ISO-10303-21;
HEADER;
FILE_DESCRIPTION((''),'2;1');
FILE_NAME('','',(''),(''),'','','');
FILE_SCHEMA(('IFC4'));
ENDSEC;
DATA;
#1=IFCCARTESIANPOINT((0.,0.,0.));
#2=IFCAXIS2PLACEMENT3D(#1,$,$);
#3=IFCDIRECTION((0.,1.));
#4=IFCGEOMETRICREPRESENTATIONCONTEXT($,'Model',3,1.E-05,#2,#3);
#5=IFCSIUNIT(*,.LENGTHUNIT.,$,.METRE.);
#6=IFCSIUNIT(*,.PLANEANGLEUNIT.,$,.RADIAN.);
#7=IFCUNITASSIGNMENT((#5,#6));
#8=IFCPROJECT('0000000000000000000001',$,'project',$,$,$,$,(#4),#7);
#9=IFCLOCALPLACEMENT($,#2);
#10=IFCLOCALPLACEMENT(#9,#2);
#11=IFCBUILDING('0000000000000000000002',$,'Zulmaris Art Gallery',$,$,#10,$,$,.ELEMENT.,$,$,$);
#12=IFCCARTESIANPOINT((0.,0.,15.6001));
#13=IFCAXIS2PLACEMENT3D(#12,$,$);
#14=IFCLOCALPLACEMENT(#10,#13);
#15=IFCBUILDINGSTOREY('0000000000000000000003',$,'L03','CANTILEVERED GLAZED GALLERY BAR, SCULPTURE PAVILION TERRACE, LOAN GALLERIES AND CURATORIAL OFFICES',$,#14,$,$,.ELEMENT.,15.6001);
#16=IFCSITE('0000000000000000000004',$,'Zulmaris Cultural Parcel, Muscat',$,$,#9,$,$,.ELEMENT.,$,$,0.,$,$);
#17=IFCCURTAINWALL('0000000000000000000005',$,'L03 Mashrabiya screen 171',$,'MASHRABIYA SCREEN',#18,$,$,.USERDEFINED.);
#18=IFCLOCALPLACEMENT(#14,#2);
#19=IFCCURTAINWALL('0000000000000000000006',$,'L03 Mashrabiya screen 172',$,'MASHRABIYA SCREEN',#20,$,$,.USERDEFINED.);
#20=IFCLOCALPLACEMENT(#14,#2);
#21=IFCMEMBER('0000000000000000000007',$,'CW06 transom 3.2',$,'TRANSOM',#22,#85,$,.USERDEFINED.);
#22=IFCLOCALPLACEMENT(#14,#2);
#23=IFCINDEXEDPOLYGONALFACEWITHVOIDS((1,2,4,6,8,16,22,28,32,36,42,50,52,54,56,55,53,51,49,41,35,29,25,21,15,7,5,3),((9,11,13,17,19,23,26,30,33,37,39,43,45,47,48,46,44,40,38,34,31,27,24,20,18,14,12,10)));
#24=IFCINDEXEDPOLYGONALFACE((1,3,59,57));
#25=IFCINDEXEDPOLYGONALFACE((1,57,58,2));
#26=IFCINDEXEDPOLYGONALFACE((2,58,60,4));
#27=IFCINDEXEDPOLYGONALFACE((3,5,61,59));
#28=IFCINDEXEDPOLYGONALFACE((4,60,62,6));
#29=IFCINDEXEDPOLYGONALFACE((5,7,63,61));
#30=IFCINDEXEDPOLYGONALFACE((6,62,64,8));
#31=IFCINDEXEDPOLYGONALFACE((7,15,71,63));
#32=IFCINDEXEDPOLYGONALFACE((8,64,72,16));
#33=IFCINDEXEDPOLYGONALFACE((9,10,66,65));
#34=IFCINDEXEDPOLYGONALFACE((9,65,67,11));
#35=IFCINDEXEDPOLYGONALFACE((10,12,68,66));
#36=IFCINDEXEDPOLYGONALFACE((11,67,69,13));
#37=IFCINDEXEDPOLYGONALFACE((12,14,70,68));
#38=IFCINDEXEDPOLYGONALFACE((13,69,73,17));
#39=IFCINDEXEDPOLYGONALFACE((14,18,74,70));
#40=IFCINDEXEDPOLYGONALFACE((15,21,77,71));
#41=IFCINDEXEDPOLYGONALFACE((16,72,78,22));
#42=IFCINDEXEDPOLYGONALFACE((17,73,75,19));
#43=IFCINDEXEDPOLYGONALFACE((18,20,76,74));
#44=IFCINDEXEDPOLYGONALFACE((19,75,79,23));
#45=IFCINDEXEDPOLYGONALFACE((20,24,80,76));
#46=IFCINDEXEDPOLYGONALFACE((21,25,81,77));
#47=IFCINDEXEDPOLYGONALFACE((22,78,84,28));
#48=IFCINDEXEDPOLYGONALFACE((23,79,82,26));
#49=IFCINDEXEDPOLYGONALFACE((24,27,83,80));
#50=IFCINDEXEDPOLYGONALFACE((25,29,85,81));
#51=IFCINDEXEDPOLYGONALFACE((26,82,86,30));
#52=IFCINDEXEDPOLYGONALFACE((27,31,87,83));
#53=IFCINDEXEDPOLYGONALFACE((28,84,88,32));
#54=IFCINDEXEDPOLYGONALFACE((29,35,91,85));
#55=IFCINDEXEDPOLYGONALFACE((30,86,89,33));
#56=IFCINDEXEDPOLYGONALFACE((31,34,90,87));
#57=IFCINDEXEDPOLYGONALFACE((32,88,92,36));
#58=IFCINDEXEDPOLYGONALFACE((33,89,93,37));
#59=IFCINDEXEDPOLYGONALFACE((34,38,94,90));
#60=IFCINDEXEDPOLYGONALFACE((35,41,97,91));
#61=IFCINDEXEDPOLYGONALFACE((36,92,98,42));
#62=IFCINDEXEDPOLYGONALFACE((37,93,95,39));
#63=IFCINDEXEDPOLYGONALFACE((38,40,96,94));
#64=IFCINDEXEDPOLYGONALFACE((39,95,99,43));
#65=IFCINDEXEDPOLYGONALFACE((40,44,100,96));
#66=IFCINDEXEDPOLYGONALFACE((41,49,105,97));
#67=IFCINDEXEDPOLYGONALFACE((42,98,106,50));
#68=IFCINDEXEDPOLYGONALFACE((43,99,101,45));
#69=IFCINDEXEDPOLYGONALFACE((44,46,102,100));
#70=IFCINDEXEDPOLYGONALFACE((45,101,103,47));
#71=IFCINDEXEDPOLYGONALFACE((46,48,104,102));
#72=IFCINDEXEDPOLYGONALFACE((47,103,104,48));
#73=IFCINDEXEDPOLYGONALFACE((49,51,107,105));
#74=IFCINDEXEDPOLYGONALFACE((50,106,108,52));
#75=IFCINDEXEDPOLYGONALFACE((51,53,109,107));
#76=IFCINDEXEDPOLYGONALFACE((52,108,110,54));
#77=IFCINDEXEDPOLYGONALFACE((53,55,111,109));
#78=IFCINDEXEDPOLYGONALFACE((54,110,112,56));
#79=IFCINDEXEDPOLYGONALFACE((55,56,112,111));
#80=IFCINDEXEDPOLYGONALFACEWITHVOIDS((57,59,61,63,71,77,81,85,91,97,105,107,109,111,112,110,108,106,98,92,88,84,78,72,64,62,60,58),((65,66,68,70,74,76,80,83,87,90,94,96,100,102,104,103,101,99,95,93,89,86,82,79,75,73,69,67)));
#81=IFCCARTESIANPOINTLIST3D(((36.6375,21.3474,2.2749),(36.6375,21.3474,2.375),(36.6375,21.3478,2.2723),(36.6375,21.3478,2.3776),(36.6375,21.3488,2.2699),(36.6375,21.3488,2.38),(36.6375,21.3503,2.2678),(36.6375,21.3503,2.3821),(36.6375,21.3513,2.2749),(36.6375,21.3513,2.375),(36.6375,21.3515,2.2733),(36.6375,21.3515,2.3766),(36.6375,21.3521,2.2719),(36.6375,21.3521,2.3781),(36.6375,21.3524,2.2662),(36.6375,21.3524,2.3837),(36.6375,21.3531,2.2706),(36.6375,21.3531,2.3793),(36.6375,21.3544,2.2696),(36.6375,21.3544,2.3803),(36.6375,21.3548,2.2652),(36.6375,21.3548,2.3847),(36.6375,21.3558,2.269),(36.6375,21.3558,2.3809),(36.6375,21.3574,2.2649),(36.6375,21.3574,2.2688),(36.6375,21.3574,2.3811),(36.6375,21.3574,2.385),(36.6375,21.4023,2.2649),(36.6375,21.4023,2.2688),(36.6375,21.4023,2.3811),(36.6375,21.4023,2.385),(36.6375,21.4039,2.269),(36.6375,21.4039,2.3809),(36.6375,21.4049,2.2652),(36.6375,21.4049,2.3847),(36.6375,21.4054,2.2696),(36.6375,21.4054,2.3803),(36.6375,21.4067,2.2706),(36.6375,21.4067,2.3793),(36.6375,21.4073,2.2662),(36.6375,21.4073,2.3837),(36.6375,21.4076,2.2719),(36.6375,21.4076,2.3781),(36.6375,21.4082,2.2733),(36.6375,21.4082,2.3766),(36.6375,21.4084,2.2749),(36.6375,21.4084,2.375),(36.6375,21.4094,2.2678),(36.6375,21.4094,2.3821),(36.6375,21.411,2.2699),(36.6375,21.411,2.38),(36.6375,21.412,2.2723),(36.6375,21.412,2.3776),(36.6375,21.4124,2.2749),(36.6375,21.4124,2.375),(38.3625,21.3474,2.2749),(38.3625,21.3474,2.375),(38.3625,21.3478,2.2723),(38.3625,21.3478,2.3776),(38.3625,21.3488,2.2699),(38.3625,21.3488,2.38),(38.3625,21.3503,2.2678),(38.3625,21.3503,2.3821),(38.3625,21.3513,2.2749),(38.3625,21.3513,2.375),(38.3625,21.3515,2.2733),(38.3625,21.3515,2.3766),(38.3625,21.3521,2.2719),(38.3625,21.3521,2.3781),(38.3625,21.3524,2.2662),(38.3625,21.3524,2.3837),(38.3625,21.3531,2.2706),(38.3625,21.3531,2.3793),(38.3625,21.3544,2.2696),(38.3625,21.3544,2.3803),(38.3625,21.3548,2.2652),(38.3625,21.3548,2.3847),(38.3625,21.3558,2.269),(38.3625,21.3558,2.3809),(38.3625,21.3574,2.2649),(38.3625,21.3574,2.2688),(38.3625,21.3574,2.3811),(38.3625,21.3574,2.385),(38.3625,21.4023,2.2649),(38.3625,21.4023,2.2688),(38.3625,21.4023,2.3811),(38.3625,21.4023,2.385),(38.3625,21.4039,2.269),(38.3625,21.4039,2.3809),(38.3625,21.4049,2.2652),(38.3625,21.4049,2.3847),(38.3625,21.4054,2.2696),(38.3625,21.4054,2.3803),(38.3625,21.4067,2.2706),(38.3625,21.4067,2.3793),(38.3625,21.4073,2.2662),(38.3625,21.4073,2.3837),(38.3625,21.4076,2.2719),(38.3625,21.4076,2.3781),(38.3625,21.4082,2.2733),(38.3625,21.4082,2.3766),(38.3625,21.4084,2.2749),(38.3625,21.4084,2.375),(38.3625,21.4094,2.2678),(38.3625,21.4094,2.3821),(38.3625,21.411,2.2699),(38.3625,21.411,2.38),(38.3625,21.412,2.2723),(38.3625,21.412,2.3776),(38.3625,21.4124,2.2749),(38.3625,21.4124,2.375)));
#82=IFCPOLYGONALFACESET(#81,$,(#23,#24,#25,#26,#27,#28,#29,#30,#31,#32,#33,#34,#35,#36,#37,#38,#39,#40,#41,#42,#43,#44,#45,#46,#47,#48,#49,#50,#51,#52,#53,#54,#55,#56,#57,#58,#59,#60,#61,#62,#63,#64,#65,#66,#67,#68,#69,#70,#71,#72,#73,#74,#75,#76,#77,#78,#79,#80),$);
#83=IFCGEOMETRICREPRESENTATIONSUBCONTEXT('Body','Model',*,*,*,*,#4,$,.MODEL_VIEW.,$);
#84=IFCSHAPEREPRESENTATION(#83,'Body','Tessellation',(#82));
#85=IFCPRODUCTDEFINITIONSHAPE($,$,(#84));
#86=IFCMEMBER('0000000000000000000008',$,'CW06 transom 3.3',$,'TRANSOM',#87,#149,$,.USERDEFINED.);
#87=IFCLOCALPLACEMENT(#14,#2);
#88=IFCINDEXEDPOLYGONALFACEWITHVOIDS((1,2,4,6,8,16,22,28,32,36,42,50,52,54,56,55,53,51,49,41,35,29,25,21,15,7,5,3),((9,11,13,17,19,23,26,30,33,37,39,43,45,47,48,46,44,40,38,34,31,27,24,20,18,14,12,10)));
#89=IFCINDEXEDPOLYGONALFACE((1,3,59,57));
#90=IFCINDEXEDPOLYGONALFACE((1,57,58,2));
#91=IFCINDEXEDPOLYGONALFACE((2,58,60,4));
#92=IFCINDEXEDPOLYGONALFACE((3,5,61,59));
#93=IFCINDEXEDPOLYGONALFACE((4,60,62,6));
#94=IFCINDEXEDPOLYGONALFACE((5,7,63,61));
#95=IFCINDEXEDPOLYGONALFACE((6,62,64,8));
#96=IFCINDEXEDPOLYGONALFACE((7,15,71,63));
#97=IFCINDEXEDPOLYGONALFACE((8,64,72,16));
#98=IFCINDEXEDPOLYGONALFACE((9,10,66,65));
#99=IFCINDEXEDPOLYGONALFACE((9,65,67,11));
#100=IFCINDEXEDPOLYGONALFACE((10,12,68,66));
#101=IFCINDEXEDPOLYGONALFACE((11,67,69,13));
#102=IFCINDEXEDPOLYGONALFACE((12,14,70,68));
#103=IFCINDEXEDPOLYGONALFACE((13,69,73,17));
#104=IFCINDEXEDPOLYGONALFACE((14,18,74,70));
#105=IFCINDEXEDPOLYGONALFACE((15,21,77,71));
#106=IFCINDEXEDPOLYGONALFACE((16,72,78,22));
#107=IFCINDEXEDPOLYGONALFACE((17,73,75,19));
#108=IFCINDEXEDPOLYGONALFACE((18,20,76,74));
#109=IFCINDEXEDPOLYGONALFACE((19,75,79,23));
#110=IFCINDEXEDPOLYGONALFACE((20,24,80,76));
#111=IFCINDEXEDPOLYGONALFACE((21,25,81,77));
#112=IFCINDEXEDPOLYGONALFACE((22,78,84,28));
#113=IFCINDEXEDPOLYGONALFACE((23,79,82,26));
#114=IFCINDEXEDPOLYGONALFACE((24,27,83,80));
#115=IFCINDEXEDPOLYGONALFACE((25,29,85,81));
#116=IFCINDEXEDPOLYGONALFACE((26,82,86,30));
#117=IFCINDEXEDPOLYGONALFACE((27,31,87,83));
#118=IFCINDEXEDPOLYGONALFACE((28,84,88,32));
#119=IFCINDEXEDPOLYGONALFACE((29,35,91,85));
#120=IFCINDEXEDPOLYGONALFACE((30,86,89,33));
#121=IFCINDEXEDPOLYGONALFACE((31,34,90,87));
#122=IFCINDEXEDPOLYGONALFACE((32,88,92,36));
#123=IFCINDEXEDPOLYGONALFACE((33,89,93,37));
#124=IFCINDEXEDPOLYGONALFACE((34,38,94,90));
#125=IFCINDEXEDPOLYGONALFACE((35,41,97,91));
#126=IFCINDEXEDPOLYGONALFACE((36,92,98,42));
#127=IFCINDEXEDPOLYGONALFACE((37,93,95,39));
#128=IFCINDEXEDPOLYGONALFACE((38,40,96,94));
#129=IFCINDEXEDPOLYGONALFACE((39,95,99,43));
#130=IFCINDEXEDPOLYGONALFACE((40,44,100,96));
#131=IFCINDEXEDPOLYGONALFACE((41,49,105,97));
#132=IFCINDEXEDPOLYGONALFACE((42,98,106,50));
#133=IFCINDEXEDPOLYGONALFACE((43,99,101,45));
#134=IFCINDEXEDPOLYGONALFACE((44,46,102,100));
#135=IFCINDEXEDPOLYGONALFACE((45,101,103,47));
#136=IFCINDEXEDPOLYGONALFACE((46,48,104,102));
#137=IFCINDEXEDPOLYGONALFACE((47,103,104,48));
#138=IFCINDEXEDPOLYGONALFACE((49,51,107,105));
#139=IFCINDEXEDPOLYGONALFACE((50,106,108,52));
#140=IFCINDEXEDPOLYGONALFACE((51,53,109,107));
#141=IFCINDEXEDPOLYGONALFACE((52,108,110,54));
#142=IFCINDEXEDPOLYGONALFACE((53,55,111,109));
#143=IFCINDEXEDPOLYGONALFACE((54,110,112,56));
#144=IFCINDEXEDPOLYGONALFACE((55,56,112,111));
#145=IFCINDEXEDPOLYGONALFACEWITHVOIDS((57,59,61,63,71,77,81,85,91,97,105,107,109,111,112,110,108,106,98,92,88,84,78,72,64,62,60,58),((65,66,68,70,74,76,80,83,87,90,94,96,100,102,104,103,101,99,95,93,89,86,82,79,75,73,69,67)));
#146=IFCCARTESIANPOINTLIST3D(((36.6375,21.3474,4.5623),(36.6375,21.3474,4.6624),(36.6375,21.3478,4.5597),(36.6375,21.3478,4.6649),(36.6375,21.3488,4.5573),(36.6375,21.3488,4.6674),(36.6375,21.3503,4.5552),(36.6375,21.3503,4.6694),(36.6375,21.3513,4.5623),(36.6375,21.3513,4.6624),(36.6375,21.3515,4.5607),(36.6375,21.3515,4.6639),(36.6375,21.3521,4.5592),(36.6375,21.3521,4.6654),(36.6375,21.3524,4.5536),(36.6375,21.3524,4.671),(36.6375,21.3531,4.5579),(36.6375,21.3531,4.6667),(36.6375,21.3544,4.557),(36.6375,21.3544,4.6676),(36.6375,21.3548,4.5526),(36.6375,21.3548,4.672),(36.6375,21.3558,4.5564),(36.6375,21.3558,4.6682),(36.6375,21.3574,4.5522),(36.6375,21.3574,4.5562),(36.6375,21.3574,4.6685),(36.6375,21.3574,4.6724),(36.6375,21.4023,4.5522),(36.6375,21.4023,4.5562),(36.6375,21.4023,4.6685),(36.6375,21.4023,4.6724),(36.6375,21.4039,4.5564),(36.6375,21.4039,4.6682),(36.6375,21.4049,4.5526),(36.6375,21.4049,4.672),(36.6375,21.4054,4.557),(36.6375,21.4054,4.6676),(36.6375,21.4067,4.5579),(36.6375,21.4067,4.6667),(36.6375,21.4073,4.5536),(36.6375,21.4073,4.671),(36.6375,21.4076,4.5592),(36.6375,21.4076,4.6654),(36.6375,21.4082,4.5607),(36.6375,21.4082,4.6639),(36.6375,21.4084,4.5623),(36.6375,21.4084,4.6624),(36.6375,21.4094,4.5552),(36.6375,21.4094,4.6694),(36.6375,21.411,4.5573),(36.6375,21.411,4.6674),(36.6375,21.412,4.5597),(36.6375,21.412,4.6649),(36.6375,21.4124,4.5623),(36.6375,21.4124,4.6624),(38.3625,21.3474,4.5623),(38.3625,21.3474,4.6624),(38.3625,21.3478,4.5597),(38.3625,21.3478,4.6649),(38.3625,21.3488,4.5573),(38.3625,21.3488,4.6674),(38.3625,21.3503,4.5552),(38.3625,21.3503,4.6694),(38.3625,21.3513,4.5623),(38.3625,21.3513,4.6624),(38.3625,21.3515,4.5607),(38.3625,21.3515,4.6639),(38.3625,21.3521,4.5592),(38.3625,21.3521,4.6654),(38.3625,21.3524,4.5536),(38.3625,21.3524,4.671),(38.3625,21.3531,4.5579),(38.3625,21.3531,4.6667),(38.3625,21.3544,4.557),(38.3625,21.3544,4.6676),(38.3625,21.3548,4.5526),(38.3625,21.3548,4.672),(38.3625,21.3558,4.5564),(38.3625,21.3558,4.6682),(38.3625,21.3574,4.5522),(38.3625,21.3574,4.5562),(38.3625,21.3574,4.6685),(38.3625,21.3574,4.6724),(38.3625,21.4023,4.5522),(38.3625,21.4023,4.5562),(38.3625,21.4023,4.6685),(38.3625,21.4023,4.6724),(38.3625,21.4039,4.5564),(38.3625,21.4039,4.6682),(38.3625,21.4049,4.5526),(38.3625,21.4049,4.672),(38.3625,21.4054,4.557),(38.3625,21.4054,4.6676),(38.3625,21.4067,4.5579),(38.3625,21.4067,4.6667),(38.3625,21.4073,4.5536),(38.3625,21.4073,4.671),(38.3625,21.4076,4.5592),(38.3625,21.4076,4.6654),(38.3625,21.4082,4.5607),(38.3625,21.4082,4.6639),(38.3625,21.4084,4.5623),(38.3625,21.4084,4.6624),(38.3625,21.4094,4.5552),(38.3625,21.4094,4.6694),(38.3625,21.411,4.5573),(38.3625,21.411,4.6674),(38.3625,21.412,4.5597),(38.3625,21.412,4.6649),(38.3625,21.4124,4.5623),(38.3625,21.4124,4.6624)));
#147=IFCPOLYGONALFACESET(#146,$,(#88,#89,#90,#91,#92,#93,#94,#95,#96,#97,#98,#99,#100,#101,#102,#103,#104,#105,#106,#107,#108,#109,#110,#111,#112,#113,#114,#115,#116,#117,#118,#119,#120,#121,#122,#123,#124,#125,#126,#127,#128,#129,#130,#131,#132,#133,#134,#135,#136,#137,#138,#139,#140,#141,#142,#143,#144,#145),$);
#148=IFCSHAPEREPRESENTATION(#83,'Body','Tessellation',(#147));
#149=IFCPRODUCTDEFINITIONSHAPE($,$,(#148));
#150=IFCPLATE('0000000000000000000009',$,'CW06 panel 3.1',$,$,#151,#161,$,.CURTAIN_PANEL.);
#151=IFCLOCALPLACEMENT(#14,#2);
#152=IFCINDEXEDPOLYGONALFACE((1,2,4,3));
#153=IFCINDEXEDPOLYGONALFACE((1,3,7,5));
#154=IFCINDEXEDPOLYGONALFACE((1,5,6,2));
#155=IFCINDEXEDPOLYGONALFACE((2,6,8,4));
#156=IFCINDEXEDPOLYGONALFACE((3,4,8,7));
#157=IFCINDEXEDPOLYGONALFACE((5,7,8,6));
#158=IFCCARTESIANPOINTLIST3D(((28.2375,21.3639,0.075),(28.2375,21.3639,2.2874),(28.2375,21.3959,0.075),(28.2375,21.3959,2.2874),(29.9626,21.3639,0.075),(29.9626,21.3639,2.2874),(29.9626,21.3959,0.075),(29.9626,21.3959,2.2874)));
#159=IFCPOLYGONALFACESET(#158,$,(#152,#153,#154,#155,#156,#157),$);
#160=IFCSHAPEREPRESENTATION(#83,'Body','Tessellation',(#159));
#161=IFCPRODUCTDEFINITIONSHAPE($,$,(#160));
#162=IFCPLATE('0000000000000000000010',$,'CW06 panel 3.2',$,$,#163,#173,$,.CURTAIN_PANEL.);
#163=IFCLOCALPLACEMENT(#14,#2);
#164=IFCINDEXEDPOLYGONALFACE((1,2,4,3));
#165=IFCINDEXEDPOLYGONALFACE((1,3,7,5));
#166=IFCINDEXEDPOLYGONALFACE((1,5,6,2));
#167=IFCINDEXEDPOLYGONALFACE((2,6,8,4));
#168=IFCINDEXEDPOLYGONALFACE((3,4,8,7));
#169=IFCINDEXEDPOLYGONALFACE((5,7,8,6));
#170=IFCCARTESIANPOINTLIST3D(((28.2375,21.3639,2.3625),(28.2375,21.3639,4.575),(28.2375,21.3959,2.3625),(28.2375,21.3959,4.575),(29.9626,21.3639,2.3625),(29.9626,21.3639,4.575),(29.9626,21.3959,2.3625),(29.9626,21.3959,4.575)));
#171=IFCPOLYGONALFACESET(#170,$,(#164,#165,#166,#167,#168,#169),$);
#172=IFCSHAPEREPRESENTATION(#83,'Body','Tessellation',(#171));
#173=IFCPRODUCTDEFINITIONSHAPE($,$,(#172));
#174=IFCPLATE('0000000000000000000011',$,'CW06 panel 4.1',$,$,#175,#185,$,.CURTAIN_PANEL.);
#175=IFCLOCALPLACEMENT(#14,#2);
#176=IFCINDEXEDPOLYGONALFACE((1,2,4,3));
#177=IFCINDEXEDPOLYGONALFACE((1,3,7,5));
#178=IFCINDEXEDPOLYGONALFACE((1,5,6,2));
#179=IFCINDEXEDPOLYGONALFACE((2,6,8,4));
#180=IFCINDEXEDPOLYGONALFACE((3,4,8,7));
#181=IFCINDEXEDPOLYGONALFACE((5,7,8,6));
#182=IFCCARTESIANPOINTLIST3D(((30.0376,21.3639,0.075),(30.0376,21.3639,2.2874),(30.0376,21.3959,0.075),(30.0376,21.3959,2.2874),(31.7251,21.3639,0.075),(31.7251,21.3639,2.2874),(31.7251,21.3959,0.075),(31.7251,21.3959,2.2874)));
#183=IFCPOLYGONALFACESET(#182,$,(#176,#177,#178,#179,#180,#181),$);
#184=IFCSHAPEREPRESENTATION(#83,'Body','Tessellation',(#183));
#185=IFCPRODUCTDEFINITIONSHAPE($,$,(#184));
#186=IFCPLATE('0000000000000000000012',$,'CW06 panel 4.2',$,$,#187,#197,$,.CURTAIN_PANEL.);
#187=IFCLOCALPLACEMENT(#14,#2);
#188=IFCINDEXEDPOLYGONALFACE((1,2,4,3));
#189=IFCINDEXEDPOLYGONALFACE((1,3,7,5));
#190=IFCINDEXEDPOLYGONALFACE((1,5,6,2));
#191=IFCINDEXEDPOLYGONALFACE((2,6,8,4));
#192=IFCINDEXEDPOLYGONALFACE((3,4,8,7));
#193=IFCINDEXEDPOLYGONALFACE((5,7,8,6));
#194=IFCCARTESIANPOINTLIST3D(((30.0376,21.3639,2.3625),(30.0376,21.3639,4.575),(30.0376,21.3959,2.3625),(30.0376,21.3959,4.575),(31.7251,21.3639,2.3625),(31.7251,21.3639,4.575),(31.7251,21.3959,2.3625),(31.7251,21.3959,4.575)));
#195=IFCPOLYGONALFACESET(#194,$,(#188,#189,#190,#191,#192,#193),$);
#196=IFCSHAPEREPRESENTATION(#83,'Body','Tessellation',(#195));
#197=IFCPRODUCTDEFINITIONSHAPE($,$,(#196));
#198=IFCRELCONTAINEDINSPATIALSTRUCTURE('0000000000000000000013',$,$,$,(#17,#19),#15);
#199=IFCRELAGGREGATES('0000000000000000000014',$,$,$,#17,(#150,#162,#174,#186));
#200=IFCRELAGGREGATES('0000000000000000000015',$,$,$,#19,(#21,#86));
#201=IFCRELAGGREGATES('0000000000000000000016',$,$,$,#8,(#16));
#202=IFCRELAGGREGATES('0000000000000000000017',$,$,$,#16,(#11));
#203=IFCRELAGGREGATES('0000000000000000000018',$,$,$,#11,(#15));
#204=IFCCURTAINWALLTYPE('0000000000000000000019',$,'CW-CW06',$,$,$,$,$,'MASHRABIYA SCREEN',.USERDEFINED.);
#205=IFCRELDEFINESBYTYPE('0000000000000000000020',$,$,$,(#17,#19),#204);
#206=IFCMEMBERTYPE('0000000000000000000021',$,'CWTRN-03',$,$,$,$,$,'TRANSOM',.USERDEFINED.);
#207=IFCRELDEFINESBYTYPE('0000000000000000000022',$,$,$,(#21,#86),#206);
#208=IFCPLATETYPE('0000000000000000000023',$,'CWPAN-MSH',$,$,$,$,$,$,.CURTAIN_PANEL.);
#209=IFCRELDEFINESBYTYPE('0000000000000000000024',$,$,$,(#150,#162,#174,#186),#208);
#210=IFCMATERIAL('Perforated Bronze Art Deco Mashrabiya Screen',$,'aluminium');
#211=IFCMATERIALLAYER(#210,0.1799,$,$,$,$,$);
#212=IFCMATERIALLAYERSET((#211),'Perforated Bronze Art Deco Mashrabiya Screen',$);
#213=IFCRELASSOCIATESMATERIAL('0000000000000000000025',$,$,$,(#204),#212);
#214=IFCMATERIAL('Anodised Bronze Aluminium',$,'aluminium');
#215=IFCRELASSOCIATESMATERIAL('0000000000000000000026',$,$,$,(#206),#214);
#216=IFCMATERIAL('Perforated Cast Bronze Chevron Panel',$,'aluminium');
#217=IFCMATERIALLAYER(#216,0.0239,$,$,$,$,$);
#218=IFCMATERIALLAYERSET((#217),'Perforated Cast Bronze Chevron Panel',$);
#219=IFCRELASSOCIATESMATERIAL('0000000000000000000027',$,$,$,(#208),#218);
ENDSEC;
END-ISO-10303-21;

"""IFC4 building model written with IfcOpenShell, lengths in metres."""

from ifc_helpers import new_model, si_unit, direction, frame, origin, origin_2d, place, context, subcontext, project, spatial, rectangle, hollow_rectangle, extrude, material, layer, layer_set, material_profile, profile_set, type_object, element, aggregate, save


model = new_model("IFC4")

# Units and contexts
model_context = context("Model", 3, precision=1e-05, world=origin(), true_north=direction((0.0, 1.0)))
body_context = subcontext(model_context, "Body", "Model", "MODEL_VIEW")
ifc_project = project(units=[si_unit("LENGTHUNIT", "METRE"), si_unit("PLANEANGLEUNIT", "RADIAN")], contexts=[model_context])

# Site, building, storey
site_placement = place(None, origin())
site = spatial("IfcSite", under=ifc_project, at=site_placement, Name="Zulmaris Cultural Parcel, Muscat", CompositionType="ELEMENT", RefElevation=0.0)
building_placement = place(site_placement, origin())
building = spatial("IfcBuilding", under=site, at=building_placement, Name="Zulmaris Art Gallery", CompositionType="ELEMENT")
storey_placement = place(building_placement, frame((0.0, 0.0, 15.6001)))
storey = spatial("IfcBuildingStorey", under=building, at=storey_placement, Name="L03", Description="CANTILEVERED GLAZED GALLERY BAR, SCULPTURE PAVILION TERRACE, LOAN GALLERIES AND CURATORIAL OFFICES", CompositionType="ELEMENT", Elevation=15.6001)

# Curtain walls
ifc_material_1 = material(Name="Perforated Bronze Art Deco Mashrabiya Screen", Category="aluminium")
ifc_layer_1 = layer(ifc_material_1, 0.1799)
ifc_layer_set_1 = layer_set([ifc_layer_1], Name="Perforated Bronze Art Deco Mashrabiya Screen")
curtain_wall_type = type_object("IfcCurtainWallType", Name="CW-CW06", ElementType="MASHRABIYA SCREEN", PredefinedType="USERDEFINED", material=ifc_layer_set_1)
curtain_wall_1_placement = place(storey_placement, origin())
curtain_wall_1 = element("IfcCurtainWall", 1, at=curtain_wall_1_placement, inside=storey, type_object=curtain_wall_type, Name="L03 Mashrabiya screen 171", ObjectType="MASHRABIYA SCREEN", PredefinedType="USERDEFINED")
ifc_material_2 = material(Name="Anodised Bronze Aluminium", Category="aluminium")
curtain_wall_2_placement = place(storey_placement, origin())
curtain_wall_2 = element("IfcCurtainWall", 2, at=curtain_wall_2_placement, inside=storey, type_object=curtain_wall_type, Name="L03 Mashrabiya screen 172", ObjectType="MASHRABIYA SCREEN", PredefinedType="USERDEFINED")

# Members
ifc_material_profile_1 = material_profile(ifc_material_2, hollow_rectangle(XDim=0.0649, YDim=0.1201, WallThickness=0.0039, InnerFilletRadius=0.0061, OuterFilletRadius=0.01, at=origin_2d()), Name="ALU 65x120x4")
ifc_profile_set_1 = profile_set([ifc_material_profile_1], Name="Anodised Bronze Aluminium")
member_type_1 = type_object("IfcMemberType", Name="CWTRN-03", ElementType="TRANSOM", PredefinedType="USERDEFINED", material=ifc_profile_set_1)
member_1_placement = place(storey_placement, frame((36.6375, 21.3799, 2.325), z_axis=(1.0, 0.0, 0.0), x_axis=(0.0, 1.0, 0.0)))
member_1 = element("IfcMember", 3, at=member_1_placement, type_object=member_type_1, Name="CW06 transom 3.2", ObjectType="TRANSOM", PredefinedType="USERDEFINED", context=body_context, shape_type="SweptSolid", body=[
    extrude(hollow_rectangle(XDim=0.0649, YDim=0.1201, WallThickness=0.0039, InnerFilletRadius=0.0061, OuterFilletRadius=0.01, at=origin_2d()), origin(), (0.0, 0.0, 1.0), 1.7251),
])
member_2_placement = place(storey_placement, frame((36.6375, 21.3799, 4.6123), z_axis=(1.0, 0.0, 0.0), x_axis=(0.0, 1.0, 0.0)))
member_2 = element("IfcMember", 4, at=member_2_placement, type_object=member_type_1, Name="CW06 transom 3.3", ObjectType="TRANSOM", PredefinedType="USERDEFINED", context=body_context, shape_type="SweptSolid", body=[
    extrude(hollow_rectangle(XDim=0.0649, YDim=0.1201, WallThickness=0.0039, InnerFilletRadius=0.0061, OuterFilletRadius=0.01, at=origin_2d()), origin(), (0.0, 0.0, 1.0), 1.7251),
])

# Plates
ifc_material_3 = material(Name="Perforated Cast Bronze Chevron Panel", Category="aluminium")
ifc_layer_2 = layer(ifc_material_3, 0.0239)
ifc_layer_set_2 = layer_set([ifc_layer_2], Name="Perforated Cast Bronze Chevron Panel")
plate_type = type_object("IfcPlateType", Name="CWPAN-MSH", PredefinedType="CURTAIN_PANEL", material=ifc_layer_set_2)
plate_1_placement = place(storey_placement, frame((29.1001, 21.3799, 0.075), z_axis=(0.0, 0.0, 1.0), x_axis=(1.0, 0.0, 0.0)))
plate_1 = element("IfcPlate", 5, at=plate_1_placement, type_object=plate_type, Name="CW06 panel 3.1", PredefinedType="CURTAIN_PANEL", context=body_context, shape_type="SweptSolid", body=[
    extrude(rectangle(XDim=1.7251, YDim=0.032, at=origin_2d()), origin(), (0.0, 0.0, 1.0), 2.2124),
])
plate_2_placement = place(storey_placement, frame((29.1001, 21.3799, 2.3625), z_axis=(0.0, 0.0, 1.0), x_axis=(1.0, 0.0, 0.0)))
plate_2 = element("IfcPlate", 6, at=plate_2_placement, type_object=plate_type, Name="CW06 panel 3.2", PredefinedType="CURTAIN_PANEL", context=body_context, shape_type="SweptSolid", body=[
    extrude(rectangle(XDim=1.7251, YDim=0.032, at=origin_2d()), origin(), (0.0, 0.0, 1.0), 2.2124),
])
plate_3_placement = place(storey_placement, frame((30.8813, 21.3799, 0.075), z_axis=(0.0, 0.0, 1.0), x_axis=(1.0, 0.0, 0.0)))
plate_3 = element("IfcPlate", 7, at=plate_3_placement, type_object=plate_type, Name="CW06 panel 4.1", PredefinedType="CURTAIN_PANEL", context=body_context, shape_type="SweptSolid", body=[
    extrude(rectangle(XDim=1.6875, YDim=0.032, at=origin_2d()), origin(), (0.0, 0.0, 1.0), 2.2124),
])
plate_4_placement = place(storey_placement, frame((30.8813, 21.3799, 2.3625), z_axis=(0.0, 0.0, 1.0), x_axis=(1.0, 0.0, 0.0)))
plate_4 = element("IfcPlate", 8, at=plate_4_placement, type_object=plate_type, Name="CW06 panel 4.2", PredefinedType="CURTAIN_PANEL", context=body_context, shape_type="SweptSolid", body=[
    extrude(rectangle(XDim=1.6875, YDim=0.032, at=origin_2d()), origin(), (0.0, 0.0, 1.0), 2.2124),
])
aggregate(curtain_wall_1, [plate_1, plate_2, plate_3, plate_4])
aggregate(curtain_wall_2, [member_1, member_2])

save(model, "model.ifc")
